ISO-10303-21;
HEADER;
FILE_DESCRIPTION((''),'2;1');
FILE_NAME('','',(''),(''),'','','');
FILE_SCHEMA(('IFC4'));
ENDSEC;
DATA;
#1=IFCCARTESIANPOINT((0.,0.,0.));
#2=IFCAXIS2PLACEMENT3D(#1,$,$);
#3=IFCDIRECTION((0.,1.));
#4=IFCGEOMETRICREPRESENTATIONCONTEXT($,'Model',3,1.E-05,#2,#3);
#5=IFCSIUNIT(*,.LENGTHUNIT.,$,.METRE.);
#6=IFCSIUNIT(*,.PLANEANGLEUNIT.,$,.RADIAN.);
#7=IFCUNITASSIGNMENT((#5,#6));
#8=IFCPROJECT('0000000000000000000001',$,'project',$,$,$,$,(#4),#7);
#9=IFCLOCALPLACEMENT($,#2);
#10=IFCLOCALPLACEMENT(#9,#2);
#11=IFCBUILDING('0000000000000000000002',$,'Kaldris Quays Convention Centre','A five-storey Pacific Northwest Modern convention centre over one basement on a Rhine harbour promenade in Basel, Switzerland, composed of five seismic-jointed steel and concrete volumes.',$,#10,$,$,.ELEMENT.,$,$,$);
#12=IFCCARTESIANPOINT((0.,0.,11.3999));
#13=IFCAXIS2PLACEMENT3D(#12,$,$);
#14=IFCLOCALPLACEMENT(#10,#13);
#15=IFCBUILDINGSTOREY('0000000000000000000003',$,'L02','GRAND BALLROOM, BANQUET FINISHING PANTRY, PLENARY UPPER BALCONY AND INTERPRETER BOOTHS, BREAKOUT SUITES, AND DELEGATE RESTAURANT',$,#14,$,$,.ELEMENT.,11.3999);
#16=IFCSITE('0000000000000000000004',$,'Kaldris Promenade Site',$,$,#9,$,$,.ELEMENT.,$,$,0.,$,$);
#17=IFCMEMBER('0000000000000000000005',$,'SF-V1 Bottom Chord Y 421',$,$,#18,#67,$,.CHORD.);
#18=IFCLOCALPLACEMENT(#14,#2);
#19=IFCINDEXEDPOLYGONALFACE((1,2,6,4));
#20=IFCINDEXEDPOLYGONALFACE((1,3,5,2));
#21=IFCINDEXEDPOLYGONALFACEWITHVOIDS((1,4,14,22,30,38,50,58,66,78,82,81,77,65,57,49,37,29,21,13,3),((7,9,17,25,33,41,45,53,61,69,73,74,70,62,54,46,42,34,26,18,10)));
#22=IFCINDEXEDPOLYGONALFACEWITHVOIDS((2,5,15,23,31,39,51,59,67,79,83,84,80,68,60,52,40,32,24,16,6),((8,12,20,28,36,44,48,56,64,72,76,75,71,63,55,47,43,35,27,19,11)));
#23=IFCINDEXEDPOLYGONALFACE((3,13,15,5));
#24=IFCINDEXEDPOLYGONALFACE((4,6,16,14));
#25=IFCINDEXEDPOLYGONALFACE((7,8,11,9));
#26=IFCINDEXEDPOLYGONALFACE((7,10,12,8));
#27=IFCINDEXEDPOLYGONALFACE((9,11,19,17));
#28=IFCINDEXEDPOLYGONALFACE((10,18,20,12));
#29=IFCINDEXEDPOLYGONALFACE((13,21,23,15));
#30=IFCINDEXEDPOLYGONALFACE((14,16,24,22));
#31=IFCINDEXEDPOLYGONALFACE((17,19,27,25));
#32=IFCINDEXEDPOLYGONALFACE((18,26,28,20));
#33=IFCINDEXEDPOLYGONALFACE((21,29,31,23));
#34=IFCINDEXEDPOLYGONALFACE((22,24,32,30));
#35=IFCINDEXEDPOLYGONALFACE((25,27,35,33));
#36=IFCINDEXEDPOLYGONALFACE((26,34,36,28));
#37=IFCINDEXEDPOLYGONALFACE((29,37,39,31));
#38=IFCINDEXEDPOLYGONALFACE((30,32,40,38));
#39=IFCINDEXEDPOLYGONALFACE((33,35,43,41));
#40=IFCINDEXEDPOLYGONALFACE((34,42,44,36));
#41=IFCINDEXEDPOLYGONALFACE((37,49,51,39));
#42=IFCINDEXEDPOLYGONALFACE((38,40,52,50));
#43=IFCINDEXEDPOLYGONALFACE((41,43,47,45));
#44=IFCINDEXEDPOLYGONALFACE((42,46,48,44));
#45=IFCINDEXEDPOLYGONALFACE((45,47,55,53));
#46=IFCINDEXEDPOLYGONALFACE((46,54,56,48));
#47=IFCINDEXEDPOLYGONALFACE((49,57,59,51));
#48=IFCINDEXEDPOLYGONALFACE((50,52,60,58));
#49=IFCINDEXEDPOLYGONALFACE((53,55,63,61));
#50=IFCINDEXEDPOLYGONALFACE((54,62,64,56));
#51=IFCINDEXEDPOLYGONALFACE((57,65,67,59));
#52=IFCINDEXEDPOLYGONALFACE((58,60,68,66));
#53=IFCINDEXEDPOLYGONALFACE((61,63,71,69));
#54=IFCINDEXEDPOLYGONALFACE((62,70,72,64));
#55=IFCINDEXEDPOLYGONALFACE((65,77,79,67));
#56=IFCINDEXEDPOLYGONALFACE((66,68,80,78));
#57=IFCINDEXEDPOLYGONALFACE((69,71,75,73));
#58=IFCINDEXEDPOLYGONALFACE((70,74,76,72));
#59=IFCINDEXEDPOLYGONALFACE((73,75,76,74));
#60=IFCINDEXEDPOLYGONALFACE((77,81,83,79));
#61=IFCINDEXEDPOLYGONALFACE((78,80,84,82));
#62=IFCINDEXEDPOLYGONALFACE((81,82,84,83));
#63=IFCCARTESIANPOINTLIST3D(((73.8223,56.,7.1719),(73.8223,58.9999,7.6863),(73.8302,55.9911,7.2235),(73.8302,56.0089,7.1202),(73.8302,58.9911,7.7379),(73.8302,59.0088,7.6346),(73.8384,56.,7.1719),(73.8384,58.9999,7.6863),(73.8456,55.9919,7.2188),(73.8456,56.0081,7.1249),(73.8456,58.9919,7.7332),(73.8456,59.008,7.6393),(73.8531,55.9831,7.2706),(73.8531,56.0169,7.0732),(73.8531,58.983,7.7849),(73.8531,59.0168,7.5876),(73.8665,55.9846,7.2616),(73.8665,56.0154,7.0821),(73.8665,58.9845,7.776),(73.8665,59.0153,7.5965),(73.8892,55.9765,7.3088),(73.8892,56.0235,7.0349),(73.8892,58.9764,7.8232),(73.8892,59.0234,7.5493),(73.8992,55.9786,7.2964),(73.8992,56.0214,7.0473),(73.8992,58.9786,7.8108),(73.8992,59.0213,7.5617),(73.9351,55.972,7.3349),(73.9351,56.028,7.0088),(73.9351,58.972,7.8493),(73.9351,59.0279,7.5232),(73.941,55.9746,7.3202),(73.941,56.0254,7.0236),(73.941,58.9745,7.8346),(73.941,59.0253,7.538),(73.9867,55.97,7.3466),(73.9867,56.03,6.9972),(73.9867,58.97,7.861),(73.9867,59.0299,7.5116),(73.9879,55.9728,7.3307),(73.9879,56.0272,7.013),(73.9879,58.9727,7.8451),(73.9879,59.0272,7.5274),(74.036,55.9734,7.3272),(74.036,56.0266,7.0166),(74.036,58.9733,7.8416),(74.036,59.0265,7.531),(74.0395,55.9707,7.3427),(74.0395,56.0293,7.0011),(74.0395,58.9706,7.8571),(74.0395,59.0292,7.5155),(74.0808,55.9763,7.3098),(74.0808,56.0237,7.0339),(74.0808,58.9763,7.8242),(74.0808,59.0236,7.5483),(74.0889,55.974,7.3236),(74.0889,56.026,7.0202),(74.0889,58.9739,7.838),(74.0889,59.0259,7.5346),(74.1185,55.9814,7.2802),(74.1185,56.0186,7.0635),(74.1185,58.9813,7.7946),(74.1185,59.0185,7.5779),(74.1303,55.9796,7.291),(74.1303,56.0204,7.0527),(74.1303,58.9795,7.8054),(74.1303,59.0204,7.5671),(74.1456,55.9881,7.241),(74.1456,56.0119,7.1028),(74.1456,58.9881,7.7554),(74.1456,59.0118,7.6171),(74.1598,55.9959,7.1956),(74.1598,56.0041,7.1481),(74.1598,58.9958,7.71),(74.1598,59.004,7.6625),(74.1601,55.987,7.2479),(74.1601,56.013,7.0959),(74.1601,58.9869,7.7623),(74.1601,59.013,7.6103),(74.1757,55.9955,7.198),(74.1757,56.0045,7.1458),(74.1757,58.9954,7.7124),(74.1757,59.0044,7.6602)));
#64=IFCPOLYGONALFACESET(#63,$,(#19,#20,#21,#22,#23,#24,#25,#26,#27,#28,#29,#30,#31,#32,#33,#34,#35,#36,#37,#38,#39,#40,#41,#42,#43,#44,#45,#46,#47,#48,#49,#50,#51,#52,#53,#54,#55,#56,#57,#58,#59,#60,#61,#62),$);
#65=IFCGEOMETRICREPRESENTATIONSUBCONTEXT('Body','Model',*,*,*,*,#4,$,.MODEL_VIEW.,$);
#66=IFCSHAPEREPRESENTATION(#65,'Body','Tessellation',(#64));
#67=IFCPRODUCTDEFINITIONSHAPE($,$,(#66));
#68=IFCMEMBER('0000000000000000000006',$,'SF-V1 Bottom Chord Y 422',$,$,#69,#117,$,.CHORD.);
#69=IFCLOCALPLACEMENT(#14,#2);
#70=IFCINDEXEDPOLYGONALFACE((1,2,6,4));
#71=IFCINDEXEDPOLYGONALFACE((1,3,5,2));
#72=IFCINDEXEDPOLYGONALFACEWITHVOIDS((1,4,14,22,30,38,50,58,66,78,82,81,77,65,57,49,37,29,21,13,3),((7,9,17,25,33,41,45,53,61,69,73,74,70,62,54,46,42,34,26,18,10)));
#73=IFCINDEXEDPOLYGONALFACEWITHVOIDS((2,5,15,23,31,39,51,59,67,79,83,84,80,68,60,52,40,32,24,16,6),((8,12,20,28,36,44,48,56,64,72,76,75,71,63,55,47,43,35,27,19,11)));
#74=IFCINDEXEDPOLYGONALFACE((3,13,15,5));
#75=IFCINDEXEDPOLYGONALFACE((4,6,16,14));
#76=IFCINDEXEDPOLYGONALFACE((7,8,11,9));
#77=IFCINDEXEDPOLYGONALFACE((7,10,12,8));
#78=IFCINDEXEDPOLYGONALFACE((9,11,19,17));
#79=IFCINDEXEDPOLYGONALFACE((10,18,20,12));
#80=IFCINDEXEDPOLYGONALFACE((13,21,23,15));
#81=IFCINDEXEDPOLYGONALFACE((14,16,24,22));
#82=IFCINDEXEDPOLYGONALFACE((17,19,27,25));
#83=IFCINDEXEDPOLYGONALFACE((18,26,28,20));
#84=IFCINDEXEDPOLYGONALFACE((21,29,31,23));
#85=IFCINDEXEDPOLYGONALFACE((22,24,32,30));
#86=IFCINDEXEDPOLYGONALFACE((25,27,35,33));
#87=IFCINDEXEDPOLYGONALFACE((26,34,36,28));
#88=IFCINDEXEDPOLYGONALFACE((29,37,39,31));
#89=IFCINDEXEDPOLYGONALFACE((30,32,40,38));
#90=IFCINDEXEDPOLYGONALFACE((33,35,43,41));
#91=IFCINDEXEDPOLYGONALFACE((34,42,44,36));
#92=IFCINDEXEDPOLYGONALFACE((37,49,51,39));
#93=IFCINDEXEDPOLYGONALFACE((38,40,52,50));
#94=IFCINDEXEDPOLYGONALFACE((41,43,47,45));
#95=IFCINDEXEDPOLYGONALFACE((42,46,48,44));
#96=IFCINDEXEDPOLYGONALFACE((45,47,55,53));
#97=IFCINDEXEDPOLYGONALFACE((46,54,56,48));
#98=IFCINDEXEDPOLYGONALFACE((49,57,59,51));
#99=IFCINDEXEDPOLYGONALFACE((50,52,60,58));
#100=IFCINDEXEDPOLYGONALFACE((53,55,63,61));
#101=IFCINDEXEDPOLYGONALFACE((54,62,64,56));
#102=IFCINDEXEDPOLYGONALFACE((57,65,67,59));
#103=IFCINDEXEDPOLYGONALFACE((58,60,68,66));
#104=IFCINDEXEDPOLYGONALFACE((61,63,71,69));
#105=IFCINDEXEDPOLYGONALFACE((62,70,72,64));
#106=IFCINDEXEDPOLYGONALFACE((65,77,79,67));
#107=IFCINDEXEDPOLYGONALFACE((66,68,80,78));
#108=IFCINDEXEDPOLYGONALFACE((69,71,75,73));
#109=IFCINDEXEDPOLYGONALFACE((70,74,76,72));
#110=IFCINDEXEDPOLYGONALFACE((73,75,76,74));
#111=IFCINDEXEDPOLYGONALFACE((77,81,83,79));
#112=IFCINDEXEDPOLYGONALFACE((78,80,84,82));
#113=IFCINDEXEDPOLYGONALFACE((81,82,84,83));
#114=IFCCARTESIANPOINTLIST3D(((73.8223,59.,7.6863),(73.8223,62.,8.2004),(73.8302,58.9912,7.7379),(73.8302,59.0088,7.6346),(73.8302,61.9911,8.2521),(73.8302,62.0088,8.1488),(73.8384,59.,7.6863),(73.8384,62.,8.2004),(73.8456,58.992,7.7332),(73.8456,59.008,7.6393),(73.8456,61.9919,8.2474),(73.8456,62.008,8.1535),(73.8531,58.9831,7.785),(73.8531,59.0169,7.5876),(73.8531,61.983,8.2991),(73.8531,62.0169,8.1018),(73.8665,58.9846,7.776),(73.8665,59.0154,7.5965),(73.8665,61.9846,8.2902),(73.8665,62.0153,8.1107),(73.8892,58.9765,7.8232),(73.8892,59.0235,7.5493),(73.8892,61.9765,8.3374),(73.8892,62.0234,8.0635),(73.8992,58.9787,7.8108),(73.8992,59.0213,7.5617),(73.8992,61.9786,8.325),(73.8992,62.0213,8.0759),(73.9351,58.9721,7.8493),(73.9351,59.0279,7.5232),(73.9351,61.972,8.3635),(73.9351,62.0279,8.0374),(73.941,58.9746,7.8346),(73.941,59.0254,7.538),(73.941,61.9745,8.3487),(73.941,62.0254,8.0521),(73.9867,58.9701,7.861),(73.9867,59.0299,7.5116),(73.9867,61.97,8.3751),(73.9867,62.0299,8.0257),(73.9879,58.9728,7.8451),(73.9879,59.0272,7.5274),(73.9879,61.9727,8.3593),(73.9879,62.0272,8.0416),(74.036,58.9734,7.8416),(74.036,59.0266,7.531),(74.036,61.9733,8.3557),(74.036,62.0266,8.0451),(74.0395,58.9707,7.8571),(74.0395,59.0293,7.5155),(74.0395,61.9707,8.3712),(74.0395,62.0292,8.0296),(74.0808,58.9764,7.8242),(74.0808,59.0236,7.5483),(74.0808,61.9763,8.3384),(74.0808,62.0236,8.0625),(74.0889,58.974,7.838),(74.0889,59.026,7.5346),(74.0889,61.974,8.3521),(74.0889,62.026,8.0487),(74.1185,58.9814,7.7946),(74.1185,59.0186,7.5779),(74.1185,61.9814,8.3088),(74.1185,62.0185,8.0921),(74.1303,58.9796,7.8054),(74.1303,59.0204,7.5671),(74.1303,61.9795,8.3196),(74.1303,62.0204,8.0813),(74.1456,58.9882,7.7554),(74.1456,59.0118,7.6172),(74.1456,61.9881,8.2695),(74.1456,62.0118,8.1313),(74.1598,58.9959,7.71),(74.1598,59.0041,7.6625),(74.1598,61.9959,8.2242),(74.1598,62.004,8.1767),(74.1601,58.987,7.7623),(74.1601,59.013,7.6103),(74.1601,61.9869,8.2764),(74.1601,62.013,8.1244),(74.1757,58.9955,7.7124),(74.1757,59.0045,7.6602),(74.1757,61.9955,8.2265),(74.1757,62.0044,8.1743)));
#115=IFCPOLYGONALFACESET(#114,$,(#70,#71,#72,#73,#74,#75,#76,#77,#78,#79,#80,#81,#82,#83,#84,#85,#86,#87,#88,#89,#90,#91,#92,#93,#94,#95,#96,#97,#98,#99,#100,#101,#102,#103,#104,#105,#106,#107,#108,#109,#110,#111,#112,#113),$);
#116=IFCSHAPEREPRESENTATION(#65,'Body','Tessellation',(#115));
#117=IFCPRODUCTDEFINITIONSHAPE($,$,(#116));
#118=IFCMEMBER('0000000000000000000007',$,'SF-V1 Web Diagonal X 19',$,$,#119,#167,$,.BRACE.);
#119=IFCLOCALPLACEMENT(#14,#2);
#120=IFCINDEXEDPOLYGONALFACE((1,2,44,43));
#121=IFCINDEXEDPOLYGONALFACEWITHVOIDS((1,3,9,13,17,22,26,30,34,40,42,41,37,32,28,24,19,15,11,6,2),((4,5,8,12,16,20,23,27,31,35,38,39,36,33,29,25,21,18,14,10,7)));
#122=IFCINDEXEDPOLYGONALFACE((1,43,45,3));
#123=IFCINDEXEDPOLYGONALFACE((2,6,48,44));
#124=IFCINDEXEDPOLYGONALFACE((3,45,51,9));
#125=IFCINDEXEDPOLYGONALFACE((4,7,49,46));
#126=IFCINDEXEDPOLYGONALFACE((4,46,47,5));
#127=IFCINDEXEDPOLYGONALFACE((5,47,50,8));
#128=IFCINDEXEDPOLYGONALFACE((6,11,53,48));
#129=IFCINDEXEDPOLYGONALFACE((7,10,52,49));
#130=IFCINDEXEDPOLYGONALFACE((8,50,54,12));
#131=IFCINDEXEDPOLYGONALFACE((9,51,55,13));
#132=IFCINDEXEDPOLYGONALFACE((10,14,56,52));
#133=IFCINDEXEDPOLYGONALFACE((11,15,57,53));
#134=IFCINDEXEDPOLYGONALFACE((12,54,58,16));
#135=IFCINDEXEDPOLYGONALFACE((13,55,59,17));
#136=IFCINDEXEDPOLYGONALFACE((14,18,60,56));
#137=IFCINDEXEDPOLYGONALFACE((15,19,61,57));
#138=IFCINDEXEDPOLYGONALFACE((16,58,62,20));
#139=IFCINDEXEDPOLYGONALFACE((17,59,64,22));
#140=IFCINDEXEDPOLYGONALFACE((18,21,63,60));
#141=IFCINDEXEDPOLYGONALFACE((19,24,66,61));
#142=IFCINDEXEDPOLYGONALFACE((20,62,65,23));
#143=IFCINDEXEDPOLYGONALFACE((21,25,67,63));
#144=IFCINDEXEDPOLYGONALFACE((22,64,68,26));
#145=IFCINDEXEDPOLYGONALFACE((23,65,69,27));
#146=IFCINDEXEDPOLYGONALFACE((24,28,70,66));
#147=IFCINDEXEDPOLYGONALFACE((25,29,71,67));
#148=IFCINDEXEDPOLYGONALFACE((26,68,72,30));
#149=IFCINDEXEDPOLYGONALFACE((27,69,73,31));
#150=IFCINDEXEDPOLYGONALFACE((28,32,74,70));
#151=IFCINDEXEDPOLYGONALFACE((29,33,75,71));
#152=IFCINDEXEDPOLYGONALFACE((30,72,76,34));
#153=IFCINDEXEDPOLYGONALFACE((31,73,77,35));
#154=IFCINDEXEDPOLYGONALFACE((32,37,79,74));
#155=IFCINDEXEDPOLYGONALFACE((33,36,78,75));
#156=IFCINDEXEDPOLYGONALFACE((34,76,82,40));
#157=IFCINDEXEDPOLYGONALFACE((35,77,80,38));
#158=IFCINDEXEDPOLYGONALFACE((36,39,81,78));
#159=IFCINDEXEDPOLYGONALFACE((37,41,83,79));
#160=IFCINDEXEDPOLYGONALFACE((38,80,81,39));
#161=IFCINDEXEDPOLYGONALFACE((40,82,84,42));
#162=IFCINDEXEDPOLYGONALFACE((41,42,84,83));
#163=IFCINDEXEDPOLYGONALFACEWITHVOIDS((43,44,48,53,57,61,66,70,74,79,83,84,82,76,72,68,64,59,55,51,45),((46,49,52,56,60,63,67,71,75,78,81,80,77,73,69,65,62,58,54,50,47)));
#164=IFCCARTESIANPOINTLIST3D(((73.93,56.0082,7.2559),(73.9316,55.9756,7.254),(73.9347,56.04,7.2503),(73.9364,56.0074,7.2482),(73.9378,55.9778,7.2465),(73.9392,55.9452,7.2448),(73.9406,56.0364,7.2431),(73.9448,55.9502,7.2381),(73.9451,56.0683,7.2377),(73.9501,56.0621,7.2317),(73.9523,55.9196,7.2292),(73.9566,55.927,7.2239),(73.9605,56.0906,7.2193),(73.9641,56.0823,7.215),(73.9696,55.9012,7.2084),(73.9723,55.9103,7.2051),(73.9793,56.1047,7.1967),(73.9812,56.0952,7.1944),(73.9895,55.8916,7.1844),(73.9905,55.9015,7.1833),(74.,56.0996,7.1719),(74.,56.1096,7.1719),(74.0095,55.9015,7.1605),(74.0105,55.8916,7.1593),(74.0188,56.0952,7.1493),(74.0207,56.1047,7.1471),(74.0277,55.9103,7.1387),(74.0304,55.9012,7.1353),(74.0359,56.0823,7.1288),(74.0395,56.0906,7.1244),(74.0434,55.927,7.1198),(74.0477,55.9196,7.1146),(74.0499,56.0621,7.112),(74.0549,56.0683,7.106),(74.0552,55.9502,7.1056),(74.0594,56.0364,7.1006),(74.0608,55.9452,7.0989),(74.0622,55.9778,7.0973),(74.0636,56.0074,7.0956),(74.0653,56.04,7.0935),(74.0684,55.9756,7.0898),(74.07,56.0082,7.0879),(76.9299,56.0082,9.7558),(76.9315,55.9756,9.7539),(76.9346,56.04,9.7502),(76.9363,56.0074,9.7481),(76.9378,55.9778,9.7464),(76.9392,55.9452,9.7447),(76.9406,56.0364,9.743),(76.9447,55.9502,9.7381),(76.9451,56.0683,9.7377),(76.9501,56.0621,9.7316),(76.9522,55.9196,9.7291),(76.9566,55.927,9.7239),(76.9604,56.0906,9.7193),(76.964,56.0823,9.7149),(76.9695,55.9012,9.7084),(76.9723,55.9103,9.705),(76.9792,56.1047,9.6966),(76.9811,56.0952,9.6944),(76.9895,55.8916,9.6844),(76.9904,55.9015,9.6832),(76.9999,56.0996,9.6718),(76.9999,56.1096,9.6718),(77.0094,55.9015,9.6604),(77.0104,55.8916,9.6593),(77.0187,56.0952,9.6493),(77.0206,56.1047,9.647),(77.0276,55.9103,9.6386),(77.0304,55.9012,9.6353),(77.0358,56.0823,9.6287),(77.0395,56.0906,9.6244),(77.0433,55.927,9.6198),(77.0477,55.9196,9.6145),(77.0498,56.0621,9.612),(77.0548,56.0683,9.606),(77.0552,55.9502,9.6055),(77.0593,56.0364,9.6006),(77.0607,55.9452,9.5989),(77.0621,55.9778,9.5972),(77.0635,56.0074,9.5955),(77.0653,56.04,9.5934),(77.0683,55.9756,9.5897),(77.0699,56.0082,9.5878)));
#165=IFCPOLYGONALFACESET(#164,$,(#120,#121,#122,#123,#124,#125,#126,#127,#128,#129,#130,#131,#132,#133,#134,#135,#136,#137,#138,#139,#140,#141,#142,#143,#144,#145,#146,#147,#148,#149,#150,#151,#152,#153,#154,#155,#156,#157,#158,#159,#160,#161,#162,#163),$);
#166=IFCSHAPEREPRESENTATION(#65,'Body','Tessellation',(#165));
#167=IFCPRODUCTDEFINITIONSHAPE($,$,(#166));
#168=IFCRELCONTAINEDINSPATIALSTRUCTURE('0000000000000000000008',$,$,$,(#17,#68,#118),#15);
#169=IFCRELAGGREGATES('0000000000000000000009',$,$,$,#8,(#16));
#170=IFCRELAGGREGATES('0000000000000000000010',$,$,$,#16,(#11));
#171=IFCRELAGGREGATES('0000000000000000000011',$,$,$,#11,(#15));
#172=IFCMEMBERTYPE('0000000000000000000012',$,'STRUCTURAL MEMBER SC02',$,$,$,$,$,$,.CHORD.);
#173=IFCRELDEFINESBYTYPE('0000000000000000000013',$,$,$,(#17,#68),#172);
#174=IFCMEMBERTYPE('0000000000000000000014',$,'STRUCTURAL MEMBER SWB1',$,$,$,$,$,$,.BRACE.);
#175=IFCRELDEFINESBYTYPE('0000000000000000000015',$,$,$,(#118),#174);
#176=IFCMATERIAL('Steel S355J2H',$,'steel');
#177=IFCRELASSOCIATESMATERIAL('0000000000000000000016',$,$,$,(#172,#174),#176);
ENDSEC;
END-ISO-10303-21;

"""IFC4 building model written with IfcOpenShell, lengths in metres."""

from ifc_helpers import new_model, si_unit, direction, frame, origin, origin_2d, place, context, subcontext, project, spatial, hollow_circle, extrude, material, material_profile, profile_set, type_object, element, save


model = new_model("IFC4")

# Units and contexts
model_context = context("Model", 3, precision=1e-05, world=origin(), true_north=direction((0.0, 1.0)))
body_context = subcontext(model_context, "Body", "Model", "MODEL_VIEW")
ifc_project = project(units=[si_unit("LENGTHUNIT", "METRE"), si_unit("PLANEANGLEUNIT", "RADIAN")], contexts=[model_context])

# Site, building, storey
site_placement = place(None, origin())
site = spatial("IfcSite", under=ifc_project, at=site_placement, Name="Kaldris Promenade Site", CompositionType="ELEMENT", RefElevation=0.0)
building_placement = place(site_placement, origin())
building = spatial("IfcBuilding", under=site, at=building_placement, Name="Kaldris Quays Convention Centre", Description="A five-storey Pacific Northwest Modern convention centre over one basement on a Rhine harbour promenade in Basel, Switzerland, composed of five seismic-jointed steel and concrete volumes.", CompositionType="ELEMENT")
storey_placement = place(building_placement, frame((0.0, 0.0, 11.3999)))
storey = spatial("IfcBuildingStorey", under=building, at=storey_placement, Name="L02", Description="GRAND BALLROOM, BANQUET FINISHING PANTRY, PLENARY UPPER BALCONY AND INTERPRETER BOOTHS, BREAKOUT SUITES, AND DELEGATE RESTAURANT", CompositionType="ELEMENT", Elevation=11.3999)

# Members
ifc_material_1 = material(Name="Steel S355J2H", Category="steel")
ifc_material_profile_1 = material_profile(ifc_material_1, hollow_circle(Radius=0.1777, WallThickness=0.0161, at=origin_2d()), Name="CHS 355.6x16")
ifc_profile_set_1 = profile_set([ifc_material_profile_1], Name="Steel S355J2H")
member_type_1 = type_object("IfcMemberType", Name="STRUCTURAL MEMBER SC02", PredefinedType="CHORD", material=ifc_profile_set_1)
for number, where, z_axis, x_axis, name in (
    (1, (74.0, 56.0, 7.1719), (0.0, 0.985616, 0.169002), (-1.0, 0.0, 0.0), "SF-V1 Bottom Chord Y 421"),
    (2, (74.0, 59.0, 7.6863), (0.0, 0.985629, 0.168924), (-1.0, 0.0, 0.0), "SF-V1 Bottom Chord Y 422"),
):
    element("IfcMember", number, at=place(storey_placement, frame(where, z_axis=z_axis, x_axis=x_axis)), inside=storey, type_object=member_type_1, Name=name, PredefinedType="CHORD", context=body_context, shape_type="SweptSolid", body=[
        extrude(hollow_circle(Radius=0.1777, WallThickness=0.0161, at=origin_2d()), origin(), (0.0, 0.0, 1.0), 3.0437),
    ])
ifc_material_profile_2 = material_profile(ifc_material_1, hollow_circle(Radius=0.1096, WallThickness=0.01, at=origin_2d()), Name="CHS 219.1x10")
ifc_profile_set_2 = profile_set([ifc_material_profile_2], Name="Steel S355J2H")
member_type_2 = type_object("IfcMemberType", Name="STRUCTURAL MEMBER SWB1", PredefinedType="BRACE", material=ifc_profile_set_2)
for number, where, z_axis, x_axis, name in (
    (3, (74.0, 56.0, 7.1719), (0.768221, 0.0, 0.640184), (0.0, 1.0, 0.0), "SF-V1 Web Diagonal X 19"),
):
    element("IfcMember", number, at=place(storey_placement, frame(where, z_axis=z_axis, x_axis=x_axis)), inside=storey, type_object=member_type_2, Name=name, PredefinedType="BRACE", context=body_context, shape_type="SweptSolid", body=[
        extrude(hollow_circle(Radius=0.1096, WallThickness=0.01, at=origin_2d()), origin(), (0.0, 0.0, 1.0), 3.905),
    ])

save(model, "model.ifc")
